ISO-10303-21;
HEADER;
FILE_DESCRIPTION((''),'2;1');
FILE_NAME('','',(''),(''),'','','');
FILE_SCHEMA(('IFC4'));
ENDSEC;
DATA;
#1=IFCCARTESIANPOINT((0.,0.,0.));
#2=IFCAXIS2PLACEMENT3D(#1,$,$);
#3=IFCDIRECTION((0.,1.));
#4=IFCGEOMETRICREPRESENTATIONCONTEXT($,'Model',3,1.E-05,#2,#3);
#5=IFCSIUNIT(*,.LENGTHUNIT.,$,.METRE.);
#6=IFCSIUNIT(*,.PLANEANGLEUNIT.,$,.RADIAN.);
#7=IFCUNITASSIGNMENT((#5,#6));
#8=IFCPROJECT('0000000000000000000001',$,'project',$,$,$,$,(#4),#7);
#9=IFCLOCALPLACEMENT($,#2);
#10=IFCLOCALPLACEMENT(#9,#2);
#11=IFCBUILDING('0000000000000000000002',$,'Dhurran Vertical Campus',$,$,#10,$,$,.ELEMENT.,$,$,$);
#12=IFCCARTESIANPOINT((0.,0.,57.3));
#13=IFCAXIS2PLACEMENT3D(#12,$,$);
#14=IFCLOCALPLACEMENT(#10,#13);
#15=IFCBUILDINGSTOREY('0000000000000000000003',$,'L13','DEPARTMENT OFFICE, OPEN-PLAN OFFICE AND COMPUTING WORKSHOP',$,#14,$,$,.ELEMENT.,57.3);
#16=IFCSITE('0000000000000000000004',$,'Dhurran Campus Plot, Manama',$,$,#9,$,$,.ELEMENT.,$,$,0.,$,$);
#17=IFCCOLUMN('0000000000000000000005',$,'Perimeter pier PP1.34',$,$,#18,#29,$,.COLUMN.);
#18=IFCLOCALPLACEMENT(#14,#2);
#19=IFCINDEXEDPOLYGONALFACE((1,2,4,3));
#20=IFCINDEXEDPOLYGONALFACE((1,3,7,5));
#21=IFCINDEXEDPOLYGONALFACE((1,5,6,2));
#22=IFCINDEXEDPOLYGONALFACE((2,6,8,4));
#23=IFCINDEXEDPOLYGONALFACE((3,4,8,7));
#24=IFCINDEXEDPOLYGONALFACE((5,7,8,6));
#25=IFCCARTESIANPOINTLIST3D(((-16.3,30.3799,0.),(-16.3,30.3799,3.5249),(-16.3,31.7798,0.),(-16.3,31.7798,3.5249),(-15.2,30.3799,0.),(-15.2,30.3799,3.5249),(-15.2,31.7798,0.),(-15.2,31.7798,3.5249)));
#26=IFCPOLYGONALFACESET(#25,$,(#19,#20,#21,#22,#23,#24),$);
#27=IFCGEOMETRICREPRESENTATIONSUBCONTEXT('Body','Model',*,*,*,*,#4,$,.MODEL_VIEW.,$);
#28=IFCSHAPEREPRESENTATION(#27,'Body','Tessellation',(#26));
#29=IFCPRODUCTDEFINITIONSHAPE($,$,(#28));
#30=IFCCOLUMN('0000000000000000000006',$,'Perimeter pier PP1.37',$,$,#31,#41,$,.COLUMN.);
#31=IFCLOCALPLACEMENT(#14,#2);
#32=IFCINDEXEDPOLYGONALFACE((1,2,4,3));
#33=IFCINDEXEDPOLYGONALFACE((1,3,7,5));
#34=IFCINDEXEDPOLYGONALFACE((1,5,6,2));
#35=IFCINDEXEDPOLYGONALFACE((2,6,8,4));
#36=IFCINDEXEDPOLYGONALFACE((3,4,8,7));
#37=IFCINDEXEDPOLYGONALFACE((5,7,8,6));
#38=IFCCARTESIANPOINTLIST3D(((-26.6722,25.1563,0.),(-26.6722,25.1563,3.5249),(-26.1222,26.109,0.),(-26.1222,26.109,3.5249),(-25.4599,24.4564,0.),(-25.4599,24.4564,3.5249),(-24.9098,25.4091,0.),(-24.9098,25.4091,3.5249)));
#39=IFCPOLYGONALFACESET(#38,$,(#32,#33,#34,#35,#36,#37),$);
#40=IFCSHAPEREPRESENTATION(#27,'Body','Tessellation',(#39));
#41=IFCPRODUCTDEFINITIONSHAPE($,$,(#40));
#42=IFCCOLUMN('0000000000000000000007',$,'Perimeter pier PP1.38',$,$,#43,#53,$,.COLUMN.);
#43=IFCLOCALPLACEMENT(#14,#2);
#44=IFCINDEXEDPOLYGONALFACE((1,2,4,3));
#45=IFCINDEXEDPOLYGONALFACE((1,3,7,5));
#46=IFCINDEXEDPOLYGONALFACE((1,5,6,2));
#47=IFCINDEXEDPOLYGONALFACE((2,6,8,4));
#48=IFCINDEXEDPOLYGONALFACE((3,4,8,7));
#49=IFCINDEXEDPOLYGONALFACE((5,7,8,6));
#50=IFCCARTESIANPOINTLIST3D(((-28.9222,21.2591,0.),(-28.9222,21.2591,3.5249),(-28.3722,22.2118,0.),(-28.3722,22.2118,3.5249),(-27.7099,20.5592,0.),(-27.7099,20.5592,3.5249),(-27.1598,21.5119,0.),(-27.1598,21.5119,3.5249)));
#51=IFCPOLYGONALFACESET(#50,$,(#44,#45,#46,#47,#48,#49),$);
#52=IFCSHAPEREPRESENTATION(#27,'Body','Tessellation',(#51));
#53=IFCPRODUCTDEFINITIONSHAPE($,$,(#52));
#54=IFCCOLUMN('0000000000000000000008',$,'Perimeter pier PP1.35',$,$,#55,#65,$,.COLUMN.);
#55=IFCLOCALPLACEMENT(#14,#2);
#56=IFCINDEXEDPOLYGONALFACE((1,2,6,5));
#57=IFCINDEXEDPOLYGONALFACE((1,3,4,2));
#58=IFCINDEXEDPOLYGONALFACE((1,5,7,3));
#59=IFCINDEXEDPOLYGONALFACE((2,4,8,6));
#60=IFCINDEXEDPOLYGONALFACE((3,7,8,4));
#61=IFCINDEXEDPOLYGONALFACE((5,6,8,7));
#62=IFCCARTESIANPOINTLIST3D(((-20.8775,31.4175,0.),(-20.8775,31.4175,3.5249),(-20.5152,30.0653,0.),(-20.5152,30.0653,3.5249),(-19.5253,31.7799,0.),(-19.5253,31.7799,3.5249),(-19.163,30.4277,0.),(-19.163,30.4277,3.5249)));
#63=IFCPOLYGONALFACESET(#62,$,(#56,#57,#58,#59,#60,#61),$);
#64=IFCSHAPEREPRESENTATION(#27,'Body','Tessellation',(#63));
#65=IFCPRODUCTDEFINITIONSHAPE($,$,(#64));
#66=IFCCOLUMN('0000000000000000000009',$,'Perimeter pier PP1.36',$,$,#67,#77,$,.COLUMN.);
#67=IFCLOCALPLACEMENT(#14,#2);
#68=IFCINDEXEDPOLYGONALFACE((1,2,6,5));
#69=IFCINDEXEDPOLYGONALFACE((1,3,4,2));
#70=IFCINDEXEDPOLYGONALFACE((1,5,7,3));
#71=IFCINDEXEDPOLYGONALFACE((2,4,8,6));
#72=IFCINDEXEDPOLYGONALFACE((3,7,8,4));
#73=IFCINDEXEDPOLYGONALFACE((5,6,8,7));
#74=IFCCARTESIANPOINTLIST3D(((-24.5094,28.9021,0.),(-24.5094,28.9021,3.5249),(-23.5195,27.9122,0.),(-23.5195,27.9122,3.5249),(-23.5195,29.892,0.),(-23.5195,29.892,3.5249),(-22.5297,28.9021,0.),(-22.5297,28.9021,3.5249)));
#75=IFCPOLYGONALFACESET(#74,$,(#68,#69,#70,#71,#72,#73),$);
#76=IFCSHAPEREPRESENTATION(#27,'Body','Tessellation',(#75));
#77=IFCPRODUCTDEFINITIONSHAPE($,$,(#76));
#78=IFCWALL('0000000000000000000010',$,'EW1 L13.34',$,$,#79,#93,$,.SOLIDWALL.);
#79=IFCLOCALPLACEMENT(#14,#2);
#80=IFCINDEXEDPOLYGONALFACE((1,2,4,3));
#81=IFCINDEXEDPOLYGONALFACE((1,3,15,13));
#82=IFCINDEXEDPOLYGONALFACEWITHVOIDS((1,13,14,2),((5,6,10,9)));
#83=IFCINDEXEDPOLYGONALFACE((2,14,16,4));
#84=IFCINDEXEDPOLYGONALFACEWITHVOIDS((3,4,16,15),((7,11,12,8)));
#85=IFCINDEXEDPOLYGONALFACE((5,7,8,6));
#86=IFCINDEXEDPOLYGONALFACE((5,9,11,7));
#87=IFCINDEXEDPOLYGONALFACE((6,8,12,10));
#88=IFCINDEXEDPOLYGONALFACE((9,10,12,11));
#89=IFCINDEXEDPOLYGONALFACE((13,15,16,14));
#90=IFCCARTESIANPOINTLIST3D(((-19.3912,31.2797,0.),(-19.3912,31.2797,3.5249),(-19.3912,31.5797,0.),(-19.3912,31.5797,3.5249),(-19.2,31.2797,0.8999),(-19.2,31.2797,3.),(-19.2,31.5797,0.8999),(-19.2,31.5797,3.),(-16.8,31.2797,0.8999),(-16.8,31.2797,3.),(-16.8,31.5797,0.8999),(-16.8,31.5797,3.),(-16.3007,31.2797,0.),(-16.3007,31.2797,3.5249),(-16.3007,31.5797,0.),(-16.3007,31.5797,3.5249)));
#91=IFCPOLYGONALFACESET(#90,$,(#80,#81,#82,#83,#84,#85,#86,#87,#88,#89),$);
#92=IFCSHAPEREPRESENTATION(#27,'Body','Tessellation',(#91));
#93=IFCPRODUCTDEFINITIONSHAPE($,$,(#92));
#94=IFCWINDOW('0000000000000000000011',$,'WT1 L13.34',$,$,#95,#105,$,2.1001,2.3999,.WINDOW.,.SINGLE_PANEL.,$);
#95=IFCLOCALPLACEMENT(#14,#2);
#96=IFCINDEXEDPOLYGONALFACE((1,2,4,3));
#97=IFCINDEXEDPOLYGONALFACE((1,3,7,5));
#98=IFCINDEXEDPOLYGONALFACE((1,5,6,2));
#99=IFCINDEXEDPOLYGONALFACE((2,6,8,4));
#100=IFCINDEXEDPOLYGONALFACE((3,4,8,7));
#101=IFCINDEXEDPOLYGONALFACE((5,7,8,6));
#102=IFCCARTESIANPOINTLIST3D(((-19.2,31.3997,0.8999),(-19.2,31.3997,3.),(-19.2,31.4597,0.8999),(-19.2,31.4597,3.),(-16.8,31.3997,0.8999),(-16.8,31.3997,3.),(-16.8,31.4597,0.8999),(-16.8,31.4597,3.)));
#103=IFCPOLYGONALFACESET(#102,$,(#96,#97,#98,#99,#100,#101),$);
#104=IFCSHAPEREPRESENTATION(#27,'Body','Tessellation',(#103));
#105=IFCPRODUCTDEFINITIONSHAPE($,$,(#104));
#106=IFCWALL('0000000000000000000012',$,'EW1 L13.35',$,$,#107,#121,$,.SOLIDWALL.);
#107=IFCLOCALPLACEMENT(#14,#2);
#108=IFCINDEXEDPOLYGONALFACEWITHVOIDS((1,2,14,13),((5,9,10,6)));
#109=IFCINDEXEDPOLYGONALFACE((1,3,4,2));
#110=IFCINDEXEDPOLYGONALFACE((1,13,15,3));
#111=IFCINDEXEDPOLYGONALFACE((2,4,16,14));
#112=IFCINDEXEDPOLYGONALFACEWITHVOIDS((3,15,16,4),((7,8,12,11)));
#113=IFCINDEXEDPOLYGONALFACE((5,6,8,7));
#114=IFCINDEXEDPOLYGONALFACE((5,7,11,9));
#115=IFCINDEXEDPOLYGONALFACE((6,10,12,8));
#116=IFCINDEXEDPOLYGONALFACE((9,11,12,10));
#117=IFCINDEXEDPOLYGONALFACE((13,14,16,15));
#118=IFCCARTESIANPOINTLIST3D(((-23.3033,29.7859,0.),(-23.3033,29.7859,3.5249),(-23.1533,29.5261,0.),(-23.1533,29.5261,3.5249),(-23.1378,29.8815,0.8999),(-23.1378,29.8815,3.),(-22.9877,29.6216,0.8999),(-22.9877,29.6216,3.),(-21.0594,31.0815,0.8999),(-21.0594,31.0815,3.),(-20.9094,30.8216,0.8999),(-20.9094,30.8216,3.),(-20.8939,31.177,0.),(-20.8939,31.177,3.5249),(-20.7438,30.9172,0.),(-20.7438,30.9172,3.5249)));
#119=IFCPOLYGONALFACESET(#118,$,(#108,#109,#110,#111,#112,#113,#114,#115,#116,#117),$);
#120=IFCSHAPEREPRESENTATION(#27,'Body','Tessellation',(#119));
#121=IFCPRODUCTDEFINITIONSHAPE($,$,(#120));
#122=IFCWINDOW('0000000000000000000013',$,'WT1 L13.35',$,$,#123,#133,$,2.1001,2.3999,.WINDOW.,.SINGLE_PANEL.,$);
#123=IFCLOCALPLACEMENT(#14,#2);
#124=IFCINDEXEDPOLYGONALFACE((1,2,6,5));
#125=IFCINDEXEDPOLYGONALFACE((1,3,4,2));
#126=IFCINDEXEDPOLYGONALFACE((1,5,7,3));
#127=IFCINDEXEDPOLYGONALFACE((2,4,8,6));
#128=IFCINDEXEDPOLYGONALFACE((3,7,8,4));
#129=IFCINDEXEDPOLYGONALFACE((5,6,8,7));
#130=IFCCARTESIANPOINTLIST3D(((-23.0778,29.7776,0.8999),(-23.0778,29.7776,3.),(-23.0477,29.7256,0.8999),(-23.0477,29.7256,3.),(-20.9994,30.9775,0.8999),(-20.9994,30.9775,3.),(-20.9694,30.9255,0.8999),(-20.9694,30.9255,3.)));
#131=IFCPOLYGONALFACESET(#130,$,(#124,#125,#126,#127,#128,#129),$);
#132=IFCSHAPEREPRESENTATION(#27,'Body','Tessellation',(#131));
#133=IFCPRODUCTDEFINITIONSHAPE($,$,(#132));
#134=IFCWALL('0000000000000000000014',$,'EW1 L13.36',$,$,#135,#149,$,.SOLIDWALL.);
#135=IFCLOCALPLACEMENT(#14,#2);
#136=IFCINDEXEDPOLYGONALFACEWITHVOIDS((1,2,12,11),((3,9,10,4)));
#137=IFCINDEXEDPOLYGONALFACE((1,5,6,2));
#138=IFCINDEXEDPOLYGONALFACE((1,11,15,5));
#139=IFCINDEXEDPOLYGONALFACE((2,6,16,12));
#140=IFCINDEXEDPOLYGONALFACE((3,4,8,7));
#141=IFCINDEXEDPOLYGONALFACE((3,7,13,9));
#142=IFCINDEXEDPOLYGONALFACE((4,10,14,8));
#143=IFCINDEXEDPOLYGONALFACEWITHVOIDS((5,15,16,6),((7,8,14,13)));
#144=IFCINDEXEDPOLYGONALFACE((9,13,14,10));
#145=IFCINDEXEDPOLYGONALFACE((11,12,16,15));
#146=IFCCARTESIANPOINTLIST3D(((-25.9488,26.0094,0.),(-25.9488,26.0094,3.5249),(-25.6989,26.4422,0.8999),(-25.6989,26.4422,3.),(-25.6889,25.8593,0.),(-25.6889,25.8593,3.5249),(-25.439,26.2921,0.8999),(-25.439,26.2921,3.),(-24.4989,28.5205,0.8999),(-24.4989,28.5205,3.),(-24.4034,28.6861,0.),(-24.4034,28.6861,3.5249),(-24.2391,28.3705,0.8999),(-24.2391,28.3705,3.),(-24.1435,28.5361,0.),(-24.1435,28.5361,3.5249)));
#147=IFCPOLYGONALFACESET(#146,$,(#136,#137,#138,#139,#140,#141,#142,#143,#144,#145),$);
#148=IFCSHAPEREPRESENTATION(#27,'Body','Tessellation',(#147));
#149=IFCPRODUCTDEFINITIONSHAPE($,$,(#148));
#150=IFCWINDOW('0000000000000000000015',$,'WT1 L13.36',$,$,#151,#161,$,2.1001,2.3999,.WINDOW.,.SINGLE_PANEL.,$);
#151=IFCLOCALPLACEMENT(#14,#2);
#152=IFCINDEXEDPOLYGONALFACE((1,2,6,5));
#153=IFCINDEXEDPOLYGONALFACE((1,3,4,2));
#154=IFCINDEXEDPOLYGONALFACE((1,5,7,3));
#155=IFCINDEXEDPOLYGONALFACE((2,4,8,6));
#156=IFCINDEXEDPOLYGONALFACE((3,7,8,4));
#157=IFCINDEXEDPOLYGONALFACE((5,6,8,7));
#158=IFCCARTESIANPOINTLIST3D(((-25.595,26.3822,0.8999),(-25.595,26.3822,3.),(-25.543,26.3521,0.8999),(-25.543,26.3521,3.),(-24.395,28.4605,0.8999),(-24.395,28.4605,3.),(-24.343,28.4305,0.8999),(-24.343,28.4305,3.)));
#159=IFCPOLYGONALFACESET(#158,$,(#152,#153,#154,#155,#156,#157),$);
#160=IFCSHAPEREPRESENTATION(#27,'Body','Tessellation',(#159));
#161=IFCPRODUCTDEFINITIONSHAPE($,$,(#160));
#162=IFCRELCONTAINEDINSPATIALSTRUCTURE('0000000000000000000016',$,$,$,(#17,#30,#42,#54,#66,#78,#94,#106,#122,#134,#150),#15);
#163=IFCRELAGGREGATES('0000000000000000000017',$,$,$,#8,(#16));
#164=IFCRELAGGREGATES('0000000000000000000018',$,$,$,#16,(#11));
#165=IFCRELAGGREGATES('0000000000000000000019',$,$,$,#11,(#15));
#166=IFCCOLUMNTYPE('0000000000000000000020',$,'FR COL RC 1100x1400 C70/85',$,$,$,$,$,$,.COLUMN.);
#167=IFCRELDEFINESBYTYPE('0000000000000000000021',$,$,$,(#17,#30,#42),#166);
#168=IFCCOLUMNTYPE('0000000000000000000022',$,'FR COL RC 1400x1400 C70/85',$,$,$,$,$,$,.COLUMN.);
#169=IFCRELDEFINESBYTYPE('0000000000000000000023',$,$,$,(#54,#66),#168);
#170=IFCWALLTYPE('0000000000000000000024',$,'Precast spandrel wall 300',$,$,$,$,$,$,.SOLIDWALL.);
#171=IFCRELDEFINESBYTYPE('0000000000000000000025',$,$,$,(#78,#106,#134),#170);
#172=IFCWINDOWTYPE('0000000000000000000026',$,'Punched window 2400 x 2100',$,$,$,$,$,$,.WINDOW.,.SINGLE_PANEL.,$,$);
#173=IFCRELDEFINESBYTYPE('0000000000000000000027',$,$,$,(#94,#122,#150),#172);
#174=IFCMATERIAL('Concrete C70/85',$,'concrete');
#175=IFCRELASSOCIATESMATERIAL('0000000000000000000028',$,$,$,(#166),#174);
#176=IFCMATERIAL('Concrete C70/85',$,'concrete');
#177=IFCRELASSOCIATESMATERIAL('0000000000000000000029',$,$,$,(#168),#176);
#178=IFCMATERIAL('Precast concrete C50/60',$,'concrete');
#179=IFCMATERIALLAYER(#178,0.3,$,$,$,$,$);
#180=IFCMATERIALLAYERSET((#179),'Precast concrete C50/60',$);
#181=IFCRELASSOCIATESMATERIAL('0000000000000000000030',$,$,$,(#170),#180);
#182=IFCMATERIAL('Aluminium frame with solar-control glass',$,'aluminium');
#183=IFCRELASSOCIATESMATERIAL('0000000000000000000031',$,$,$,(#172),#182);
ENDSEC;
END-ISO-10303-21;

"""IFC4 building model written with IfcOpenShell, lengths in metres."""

from ifc_helpers import new_model, si_unit, direction, frame, frame_2d, origin, origin_2d, place, context, subcontext, project, spatial, rectangle, extrude, material, layer, layer_set, material_profile, profile_set, type_object, element, fill, save


model = new_model("IFC4")

# Units and contexts
model_context = context("Model", 3, precision=1e-05, world=origin(), true_north=direction((0.0, 1.0)))
body_context = subcontext(model_context, "Body", "Model", "MODEL_VIEW")
ifc_project = project(units=[si_unit("LENGTHUNIT", "METRE"), si_unit("PLANEANGLEUNIT", "RADIAN")], contexts=[model_context])

# Site, building, storey
site_placement = place(None, origin())
site = spatial("IfcSite", under=ifc_project, at=site_placement, Name="Dhurran Campus Plot, Manama", CompositionType="ELEMENT", RefElevation=0.0)
building_placement = place(site_placement, origin())
building = spatial("IfcBuilding", under=site, at=building_placement, Name="Dhurran Vertical Campus", CompositionType="ELEMENT")
storey_placement = place(building_placement, frame((0.0, 0.0, 57.3)))
storey = spatial("IfcBuildingStorey", under=building, at=storey_placement, Name="L13", Description="DEPARTMENT OFFICE, OPEN-PLAN OFFICE AND COMPUTING WORKSHOP", CompositionType="ELEMENT", Elevation=57.3)

# Columns
ifc_material_1 = material(Name="Concrete C70/85", Category="concrete")
ifc_material_profile_1 = material_profile(ifc_material_1, rectangle(XDim=1.1001, YDim=1.3999, at=origin_2d()), Name="RC 1100x1400")
ifc_profile_set_1 = profile_set([ifc_material_profile_1], Name="Concrete C70/85")
column_type_1 = type_object("IfcColumnType", Name="FR COL RC 1100x1400 C70/85", PredefinedType="COLUMN", material=ifc_profile_set_1)
for number, where, z_axis, x_axis, name in (
    (1, (-15.75, 31.0798, 0.0), (0.0, 0.0, 1.0), (-1.0, 0.0, 0.0), "Perimeter pier PP1.34"),
    (2, (-25.791, 25.2827, 0.0), (0.0, 0.0, 1.0), (-0.5, -0.866025, 0.0), "Perimeter pier PP1.37"),
    (3, (-28.041, 21.3855, 0.0), (0.0, 0.0, 1.0), (-0.5, -0.866025, 0.0), "Perimeter pier PP1.38"),
):
    element("IfcColumn", number, at=place(storey_placement, frame(where, z_axis=z_axis, x_axis=x_axis)), inside=storey, type_object=column_type_1, Name=name, PredefinedType="COLUMN", context=body_context, shape_type="SweptSolid", body=[
        extrude(rectangle(XDim=1.1001, YDim=1.3999, at=origin_2d()), origin(), (0.0, 0.0, 1.0), 3.5249),
    ])
ifc_material_2 = material(Name="Concrete C70/85", Category="concrete")
ifc_material_profile_2 = material_profile(ifc_material_2, rectangle(XDim=1.3999, YDim=1.3999, at=origin_2d()), Name="RC 1400x1400")
ifc_profile_set_2 = profile_set([ifc_material_profile_2], Name="Concrete C70/85")
column_type_2 = type_object("IfcColumnType", Name="FR COL RC 1400x1400 C70/85", PredefinedType="COLUMN", material=ifc_profile_set_2)
for number, where, z_axis, x_axis, name in (
    (4, (-20.0203, 30.9226, 0.0), (0.0, 0.0, 1.0), (-0.965926, -0.258819, 0.0), "Perimeter pier PP1.35"),
    (5, (-23.5195, 28.9021, 0.0), (0.0, 0.0, 1.0), (-0.707107, -0.707107, 0.0), "Perimeter pier PP1.36"),
):
    element("IfcColumn", number, at=place(storey_placement, frame(where, z_axis=z_axis, x_axis=x_axis)), inside=storey, type_object=column_type_2, Name=name, PredefinedType="COLUMN", context=body_context, shape_type="SweptSolid", body=[
        extrude(rectangle(XDim=1.3999, YDim=1.3999, at=origin_2d()), origin(), (0.0, 0.0, 1.0), 3.5249),
    ])

# Walls, openings, windows
ifc_material_3 = material(Name="Precast concrete C50/60", Category="concrete")
ifc_layer_1 = layer(ifc_material_3, 0.3)
ifc_layer_set_1 = layer_set([ifc_layer_1], Name="Precast concrete C50/60")
wall_type_1 = type_object("IfcWallType", Name="Precast spandrel wall 300", PredefinedType="SOLIDWALL", material=ifc_layer_set_1)
wall_1_placement = place(storey_placement, frame((-16.3005, 31.4297, 0.0), z_axis=(0.0, 0.0, 1.0), x_axis=(-1.0, 0.0, 0.0)))
wall_1 = element("IfcWall", 6, at=wall_1_placement, inside=storey, type_object=wall_type_1, Name="EW1 L13.34", PredefinedType="SOLIDWALL", context=body_context, shape_type="SweptSolid", body=[
    extrude(rectangle(XDim=3.0906, YDim=0.3, at=frame_2d((1.5454, 0.0))), origin(), (0.0, 0.0, 1.0), 3.5249),
])
opening_1_placement = place(wall_1_placement, frame((0.4995, 0.0, 0.8999)))
opening_1 = element("IfcOpeningElement", 7, at=opening_1_placement, cuts=wall_1, PredefinedType="OPENING", context=body_context, shape_type="SweptSolid", body=[
    extrude(rectangle(XDim=2.3999, YDim=2.1001, at=frame_2d((1.2, 1.05))), frame((0.0, 0.1599, 0.0), z_axis=(0.0, -1.0, 0.0), x_axis=(1.0, 0.0, 0.0)), (0.0, 0.0, 1.0), 0.3201),
])
ifc_material_4 = material(Name="Aluminium frame with solar-control glass", Category="aluminium")
window_type = type_object("IfcWindowType", Name="Punched window 2400 x 2100", PartitioningType="SINGLE_PANEL", PredefinedType="WINDOW", material=ifc_material_4)
window_1_placement = place(opening_1_placement, origin())
window_1 = element("IfcWindow", 8, at=window_1_placement, inside=storey, type_object=window_type, Name="WT1 L13.34", OverallHeight=2.1001, OverallWidth=2.3999, PartitioningType="SINGLE_PANEL", PredefinedType="WINDOW", context=body_context, shape_type="SweptSolid", body=[
    extrude(rectangle(XDim=2.3999, YDim=2.1001, at=frame_2d((1.2, 1.05))), frame((0.0, 0.03, 0.0), z_axis=(0.0, -1.0, 0.0), x_axis=(1.0, 0.0, 0.0)), (0.0, 0.0, 1.0), 0.0601),
])
fill(opening_1, window_1)
wall_2_placement = place(storey_placement, frame((-20.8188, 31.0471, 0.0), z_axis=(0.0, 0.0, 1.0), x_axis=(-0.86602, -0.500009, 0.0)))
wall_2 = element("IfcWall", 9, at=wall_2_placement, inside=storey, type_object=wall_type_1, Name="EW1 L13.35", PredefinedType="SOLIDWALL", context=body_context, shape_type="SweptSolid", body=[
    extrude(rectangle(XDim=2.7822, YDim=0.3, at=frame_2d((1.3911, 0.0))), origin(), (0.0, 0.0, 1.0), 3.5249),
])
opening_2_placement = place(wall_2_placement, frame((0.1912, 0.0, 0.8999)))
opening_2 = element("IfcOpeningElement", 10, at=opening_2_placement, cuts=wall_2, PredefinedType="OPENING", context=body_context, shape_type="SweptSolid", body=[
    extrude(rectangle(XDim=2.3999, YDim=2.1001, at=frame_2d((1.2, 1.05))), frame((0.0, 0.1599, 0.0), z_axis=(0.0, -1.0, 0.0), x_axis=(1.0, 0.0, 0.0)), (0.0, 0.0, 1.0), 0.3201),
])
window_2_placement = place(opening_2_placement, origin())
window_2 = element("IfcWindow", 11, at=window_2_placement, inside=storey, type_object=window_type, Name="WT1 L13.35", OverallHeight=2.1001, OverallWidth=2.3999, PartitioningType="SINGLE_PANEL", PredefinedType="WINDOW", context=body_context, shape_type="SweptSolid", body=[
    extrude(rectangle(XDim=2.3999, YDim=2.1001, at=frame_2d((1.2, 1.05))), frame((0.0, 0.03, 0.0), z_axis=(0.0, -1.0, 0.0), x_axis=(1.0, 0.0, 0.0)), (0.0, 0.0, 1.0), 0.0601),
])
fill(opening_2, window_2)
wall_3_placement = place(storey_placement, frame((-24.2734, 28.6111, 0.0), z_axis=(0.0, 0.0, 1.0), x_axis=(-0.499996, -0.866028, 0.0)))
wall_3 = element("IfcWall", 12, at=wall_3_placement, inside=storey, type_object=wall_type_1, Name="EW1 L13.36", PredefinedType="SOLIDWALL", context=body_context, shape_type="SweptSolid", body=[
    extrude(rectangle(XDim=3.0908, YDim=0.3, at=frame_2d((1.5454, 0.0))), origin(), (0.0, 0.0, 1.0), 3.5249),
])
opening_3_placement = place(wall_3_placement, frame((0.1912, 0.0, 0.8999)))
opening_3 = element("IfcOpeningElement", 13, at=opening_3_placement, cuts=wall_3, PredefinedType="OPENING", context=body_context, shape_type="SweptSolid", body=[
    extrude(rectangle(XDim=2.3999, YDim=2.1001, at=frame_2d((1.2, 1.05))), frame((0.0, 0.1599, 0.0), z_axis=(0.0, -1.0, 0.0), x_axis=(1.0, 0.0, 0.0)), (0.0, 0.0, 1.0), 0.3201),
])
window_3_placement = place(opening_3_placement, origin())
window_3 = element("IfcWindow", 14, at=window_3_placement, inside=storey, type_object=window_type, Name="WT1 L13.36", OverallHeight=2.1001, OverallWidth=2.3999, PartitioningType="SINGLE_PANEL", PredefinedType="WINDOW", context=body_context, shape_type="SweptSolid", body=[
    extrude(rectangle(XDim=2.3999, YDim=2.1001, at=frame_2d((1.2, 1.05))), frame((0.0, 0.03, 0.0), z_axis=(0.0, -1.0, 0.0), x_axis=(1.0, 0.0, 0.0)), (0.0, 0.0, 1.0), 0.0601),
])
fill(opening_3, window_3)

save(model, "model.ifc")
